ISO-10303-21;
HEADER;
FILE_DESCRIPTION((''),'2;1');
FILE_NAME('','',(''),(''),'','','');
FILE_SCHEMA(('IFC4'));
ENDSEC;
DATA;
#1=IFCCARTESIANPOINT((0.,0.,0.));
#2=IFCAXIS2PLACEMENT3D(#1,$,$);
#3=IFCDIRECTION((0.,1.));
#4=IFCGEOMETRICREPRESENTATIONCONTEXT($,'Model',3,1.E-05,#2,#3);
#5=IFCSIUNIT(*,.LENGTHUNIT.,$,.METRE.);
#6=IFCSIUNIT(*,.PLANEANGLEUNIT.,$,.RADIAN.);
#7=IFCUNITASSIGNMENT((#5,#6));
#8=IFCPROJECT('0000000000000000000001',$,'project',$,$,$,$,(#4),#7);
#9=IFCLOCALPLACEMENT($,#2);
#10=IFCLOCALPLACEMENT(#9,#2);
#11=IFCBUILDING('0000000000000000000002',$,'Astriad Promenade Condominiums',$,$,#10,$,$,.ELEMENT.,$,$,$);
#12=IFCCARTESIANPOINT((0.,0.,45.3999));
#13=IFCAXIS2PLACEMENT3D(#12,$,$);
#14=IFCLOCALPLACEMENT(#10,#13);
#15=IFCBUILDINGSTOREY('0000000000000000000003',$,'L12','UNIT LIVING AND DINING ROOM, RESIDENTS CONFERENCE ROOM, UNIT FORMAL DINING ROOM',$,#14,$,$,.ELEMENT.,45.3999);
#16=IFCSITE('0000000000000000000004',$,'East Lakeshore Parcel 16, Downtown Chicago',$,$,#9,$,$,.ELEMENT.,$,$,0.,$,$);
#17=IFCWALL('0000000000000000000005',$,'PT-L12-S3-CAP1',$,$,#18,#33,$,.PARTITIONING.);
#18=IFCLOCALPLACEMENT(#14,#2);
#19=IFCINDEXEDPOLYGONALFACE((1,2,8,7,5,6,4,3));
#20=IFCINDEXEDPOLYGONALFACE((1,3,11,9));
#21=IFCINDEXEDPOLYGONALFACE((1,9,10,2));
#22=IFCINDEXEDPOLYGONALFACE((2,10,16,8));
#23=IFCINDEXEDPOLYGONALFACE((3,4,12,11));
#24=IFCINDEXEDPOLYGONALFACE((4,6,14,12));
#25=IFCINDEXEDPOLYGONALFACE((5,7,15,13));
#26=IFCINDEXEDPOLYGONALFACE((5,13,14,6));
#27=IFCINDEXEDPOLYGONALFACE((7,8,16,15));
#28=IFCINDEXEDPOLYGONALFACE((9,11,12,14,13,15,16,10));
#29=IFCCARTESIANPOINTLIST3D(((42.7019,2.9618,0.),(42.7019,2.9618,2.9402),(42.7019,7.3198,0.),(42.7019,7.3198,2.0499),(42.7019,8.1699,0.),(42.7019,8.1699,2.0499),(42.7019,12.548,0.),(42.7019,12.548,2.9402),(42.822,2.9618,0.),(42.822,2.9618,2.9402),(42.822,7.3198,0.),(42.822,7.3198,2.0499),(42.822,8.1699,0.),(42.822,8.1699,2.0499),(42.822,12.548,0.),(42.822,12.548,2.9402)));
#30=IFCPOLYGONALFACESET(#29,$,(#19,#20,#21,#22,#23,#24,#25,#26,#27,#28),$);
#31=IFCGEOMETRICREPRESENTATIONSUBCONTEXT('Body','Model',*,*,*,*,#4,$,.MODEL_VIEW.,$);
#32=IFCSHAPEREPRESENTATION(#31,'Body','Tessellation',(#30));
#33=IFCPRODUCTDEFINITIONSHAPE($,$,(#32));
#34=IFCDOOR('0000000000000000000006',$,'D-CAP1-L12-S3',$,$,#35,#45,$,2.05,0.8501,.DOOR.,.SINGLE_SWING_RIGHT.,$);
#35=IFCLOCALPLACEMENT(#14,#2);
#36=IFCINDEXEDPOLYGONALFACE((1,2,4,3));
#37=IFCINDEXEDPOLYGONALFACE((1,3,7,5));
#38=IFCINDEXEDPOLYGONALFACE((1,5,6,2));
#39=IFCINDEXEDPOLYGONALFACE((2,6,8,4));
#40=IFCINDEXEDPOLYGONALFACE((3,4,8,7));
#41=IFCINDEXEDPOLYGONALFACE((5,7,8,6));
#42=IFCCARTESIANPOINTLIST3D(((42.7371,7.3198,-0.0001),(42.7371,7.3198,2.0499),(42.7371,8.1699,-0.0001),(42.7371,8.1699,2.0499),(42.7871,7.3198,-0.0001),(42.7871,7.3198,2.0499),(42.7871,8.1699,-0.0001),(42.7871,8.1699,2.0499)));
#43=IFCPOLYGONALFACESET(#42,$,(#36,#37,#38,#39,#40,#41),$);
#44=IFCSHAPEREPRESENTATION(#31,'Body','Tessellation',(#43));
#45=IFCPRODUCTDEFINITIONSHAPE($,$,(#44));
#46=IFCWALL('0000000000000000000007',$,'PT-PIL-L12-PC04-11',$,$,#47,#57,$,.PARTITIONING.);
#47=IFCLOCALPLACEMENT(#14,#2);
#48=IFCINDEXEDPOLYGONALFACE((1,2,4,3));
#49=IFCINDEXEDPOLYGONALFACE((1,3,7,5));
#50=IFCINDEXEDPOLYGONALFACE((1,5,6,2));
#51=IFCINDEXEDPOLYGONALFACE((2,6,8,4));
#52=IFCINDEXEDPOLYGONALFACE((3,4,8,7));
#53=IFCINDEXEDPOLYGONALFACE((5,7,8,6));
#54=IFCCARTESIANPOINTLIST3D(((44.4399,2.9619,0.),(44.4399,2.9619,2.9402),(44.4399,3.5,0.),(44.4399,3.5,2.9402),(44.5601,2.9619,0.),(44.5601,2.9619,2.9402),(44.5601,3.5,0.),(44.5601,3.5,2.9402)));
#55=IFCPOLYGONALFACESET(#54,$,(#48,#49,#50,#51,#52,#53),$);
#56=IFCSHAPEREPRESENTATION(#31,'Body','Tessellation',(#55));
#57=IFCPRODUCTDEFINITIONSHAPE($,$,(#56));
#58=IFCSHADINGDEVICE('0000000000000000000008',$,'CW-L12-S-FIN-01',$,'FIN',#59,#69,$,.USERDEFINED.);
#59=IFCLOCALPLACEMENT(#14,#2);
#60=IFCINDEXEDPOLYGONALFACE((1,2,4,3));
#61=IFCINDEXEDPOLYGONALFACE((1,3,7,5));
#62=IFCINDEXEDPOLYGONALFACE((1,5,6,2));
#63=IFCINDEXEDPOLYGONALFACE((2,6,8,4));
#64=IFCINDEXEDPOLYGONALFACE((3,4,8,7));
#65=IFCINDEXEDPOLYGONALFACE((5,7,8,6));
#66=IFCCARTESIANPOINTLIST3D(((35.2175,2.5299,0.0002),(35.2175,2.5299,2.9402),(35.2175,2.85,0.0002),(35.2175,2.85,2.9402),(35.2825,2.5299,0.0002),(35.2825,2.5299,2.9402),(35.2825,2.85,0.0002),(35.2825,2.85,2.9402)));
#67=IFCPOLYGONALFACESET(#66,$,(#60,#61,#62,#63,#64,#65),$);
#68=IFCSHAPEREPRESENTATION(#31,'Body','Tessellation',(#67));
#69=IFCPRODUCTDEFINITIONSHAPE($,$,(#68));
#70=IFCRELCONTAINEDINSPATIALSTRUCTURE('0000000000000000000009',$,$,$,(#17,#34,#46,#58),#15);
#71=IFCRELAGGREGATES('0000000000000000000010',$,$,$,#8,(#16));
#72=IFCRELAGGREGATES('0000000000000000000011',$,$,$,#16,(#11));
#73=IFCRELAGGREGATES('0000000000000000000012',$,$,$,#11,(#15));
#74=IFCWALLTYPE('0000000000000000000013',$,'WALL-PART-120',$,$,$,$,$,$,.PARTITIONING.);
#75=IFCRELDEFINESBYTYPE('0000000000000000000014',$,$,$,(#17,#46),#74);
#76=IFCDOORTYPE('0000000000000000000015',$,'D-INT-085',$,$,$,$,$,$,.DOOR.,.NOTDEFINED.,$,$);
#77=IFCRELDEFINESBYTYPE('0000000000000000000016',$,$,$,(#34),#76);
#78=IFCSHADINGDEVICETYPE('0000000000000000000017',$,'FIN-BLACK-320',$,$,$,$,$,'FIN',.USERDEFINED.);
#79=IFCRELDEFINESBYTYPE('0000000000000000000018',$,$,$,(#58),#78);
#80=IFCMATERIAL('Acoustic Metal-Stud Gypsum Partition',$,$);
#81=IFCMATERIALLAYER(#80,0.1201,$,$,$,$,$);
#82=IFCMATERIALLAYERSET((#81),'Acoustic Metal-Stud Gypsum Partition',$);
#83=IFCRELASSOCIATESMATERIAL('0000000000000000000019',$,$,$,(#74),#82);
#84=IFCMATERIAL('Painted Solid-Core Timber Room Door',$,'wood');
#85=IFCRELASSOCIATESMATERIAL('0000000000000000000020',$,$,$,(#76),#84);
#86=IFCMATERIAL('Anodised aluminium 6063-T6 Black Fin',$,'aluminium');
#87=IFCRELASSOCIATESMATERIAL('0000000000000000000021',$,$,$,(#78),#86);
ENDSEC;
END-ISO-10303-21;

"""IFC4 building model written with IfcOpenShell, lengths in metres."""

from ifc_helpers import new_model, si_unit, direction, frame, frame_2d, origin, origin_2d, place, context, subcontext, project, spatial, rectangle, extrude, source, transform, mapped, material, layer, layer_set, type_object, type_shapes, element, fill, save


model = new_model("IFC4")

# Units and contexts
model_context = context("Model", 3, precision=1e-05, world=origin(), true_north=direction((0.0, 1.0)))
body_context = subcontext(model_context, "Body", "Model", "MODEL_VIEW")
ifc_project = project(units=[si_unit("LENGTHUNIT", "METRE"), si_unit("PLANEANGLEUNIT", "RADIAN")], contexts=[model_context])

# Site, building, storey
site_placement = place(None, origin())
site = spatial("IfcSite", under=ifc_project, at=site_placement, Name="East Lakeshore Parcel 16, Downtown Chicago", CompositionType="ELEMENT", RefElevation=0.0)
building_placement = place(site_placement, origin())
building = spatial("IfcBuilding", under=site, at=building_placement, Name="Astriad Promenade Condominiums", CompositionType="ELEMENT")
storey_placement = place(building_placement, frame((0.0, 0.0, 45.3999)))
storey = spatial("IfcBuildingStorey", under=building, at=storey_placement, Name="L12", Description="UNIT LIVING AND DINING ROOM, RESIDENTS CONFERENCE ROOM, UNIT FORMAL DINING ROOM", CompositionType="ELEMENT", Elevation=45.3999)

# Wall, opening, door
ifc_material_1 = material(Name="Acoustic Metal-Stud Gypsum Partition")
ifc_layer_1 = layer(ifc_material_1, 0.1201)
ifc_layer_set_1 = layer_set([ifc_layer_1], Name="Acoustic Metal-Stud Gypsum Partition")
wall_type_1 = type_object("IfcWallType", Name="WALL-PART-120", PredefinedType="PARTITIONING", material=ifc_layer_set_1)
wall_1_placement = place(storey_placement, frame((42.762, 2.9619, 0.0), z_axis=(0.0, 0.0, 1.0), x_axis=(0.0, 1.0, 0.0)))
wall_1 = element("IfcWall", 1, at=wall_1_placement, inside=storey, type_object=wall_type_1, Name="PT-L12-S3-CAP1", PredefinedType="PARTITIONING", context=body_context, shape_type="SweptSolid", body=[
    extrude(rectangle(XDim=9.5862, YDim=0.1201, at=frame_2d((4.793, 0.0))), origin(), (0.0, 0.0, 1.0), 2.9402),
])
opening_1_placement = place(wall_1_placement, frame((4.3579, 0.0, 0.0)))
opening_1 = element("IfcOpeningElement", 2, at=opening_1_placement, cuts=wall_1, PredefinedType="OPENING", context=body_context, shape_type="SweptSolid", body=[
    extrude(rectangle(XDim=0.8501, YDim=2.05, at=frame_2d((0.425, 1.0249))), frame((0.0, 0.0701, 0.0), z_axis=(0.0, -1.0, 0.0), x_axis=(1.0, 0.0, 0.0)), (0.0, 0.0, 1.0), 0.1401),
])
ifc_material_2 = material(Name="Painted Solid-Core Timber Room Door", Category="wood")
door_type_1 = type_object("IfcDoorType", Name="D-INT-085", OperationType="NOTDEFINED", PredefinedType="DOOR", material=ifc_material_2)
shared_shape_1 = source(origin(), body_context, "Body", "SweptSolid", [
    extrude(rectangle(XDim=0.8501, YDim=2.05, at=frame_2d((0.425, 1.0249))), frame((0.0, 0.0249, 0.0), z_axis=(0.0, -1.0, 0.0), x_axis=(1.0, 0.0, 0.0)), (0.0, 0.0, 1.0), 0.05),
])
type_shapes(door_type_1, [shared_shape_1])
door_1_placement = place(opening_1_placement, origin())
door_1 = element("IfcDoor", 3, at=door_1_placement, inside=storey, type_object=door_type_1, Name="D-CAP1-L12-S3", OperationType="SINGLE_SWING_RIGHT", OverallHeight=2.05, OverallWidth=0.8501, PredefinedType="DOOR", context=body_context, shape_type="MappedRepresentation", body=[
    mapped(shared_shape_1, transform((0.0, 0.0, 0.0), scale=1.0)),
])
fill(opening_1, door_1)

# Wall
wall_2_placement = place(storey_placement, frame((44.5, 3.5, 0.0), z_axis=(0.0, 0.0, 1.0), x_axis=(0.0, -1.0, 0.0)))
element("IfcWall", 4, at=wall_2_placement, inside=storey, type_object=wall_type_1, Name="PT-PIL-L12-PC04-11", PredefinedType="PARTITIONING", context=body_context, shape_type="SweptSolid", body=[
    extrude(rectangle(XDim=0.5381, YDim=0.1201, at=frame_2d((0.269, 0.0))), origin(), (0.0, 0.0, 1.0), 2.9402),
])

# Shading device
ifc_material_3 = material(Name="Anodised aluminium 6063-T6 Black Fin", Category="aluminium")
shading_device_type = type_object("IfcShadingDeviceType", Name="FIN-BLACK-320", ElementType="FIN", PredefinedType="USERDEFINED", material=ifc_material_3)
shared_shape_2 = source(origin(), body_context, "Body", "SweptSolid", [
    extrude(rectangle(XDim=0.0649, YDim=0.3201, at=origin_2d()), origin(), (0.0, 0.0, 1.0), 2.9399),
])
type_shapes(shading_device_type, [shared_shape_2])
shading_device_placement = place(storey_placement, frame((35.25, 2.6899, 0.0002), z_axis=(0.0, 0.0, 1.0), x_axis=(-1.0, 0.0, 0.0)))
element("IfcShadingDevice", 5, at=shading_device_placement, inside=storey, type_object=shading_device_type, Name="CW-L12-S-FIN-01", ObjectType="FIN", PredefinedType="USERDEFINED", context=body_context, shape_type="MappedRepresentation", body=[
    mapped(shared_shape_2, transform((0.0, 0.0, 0.0), scale=1.0)),
])

save(model, "model.ifc")
